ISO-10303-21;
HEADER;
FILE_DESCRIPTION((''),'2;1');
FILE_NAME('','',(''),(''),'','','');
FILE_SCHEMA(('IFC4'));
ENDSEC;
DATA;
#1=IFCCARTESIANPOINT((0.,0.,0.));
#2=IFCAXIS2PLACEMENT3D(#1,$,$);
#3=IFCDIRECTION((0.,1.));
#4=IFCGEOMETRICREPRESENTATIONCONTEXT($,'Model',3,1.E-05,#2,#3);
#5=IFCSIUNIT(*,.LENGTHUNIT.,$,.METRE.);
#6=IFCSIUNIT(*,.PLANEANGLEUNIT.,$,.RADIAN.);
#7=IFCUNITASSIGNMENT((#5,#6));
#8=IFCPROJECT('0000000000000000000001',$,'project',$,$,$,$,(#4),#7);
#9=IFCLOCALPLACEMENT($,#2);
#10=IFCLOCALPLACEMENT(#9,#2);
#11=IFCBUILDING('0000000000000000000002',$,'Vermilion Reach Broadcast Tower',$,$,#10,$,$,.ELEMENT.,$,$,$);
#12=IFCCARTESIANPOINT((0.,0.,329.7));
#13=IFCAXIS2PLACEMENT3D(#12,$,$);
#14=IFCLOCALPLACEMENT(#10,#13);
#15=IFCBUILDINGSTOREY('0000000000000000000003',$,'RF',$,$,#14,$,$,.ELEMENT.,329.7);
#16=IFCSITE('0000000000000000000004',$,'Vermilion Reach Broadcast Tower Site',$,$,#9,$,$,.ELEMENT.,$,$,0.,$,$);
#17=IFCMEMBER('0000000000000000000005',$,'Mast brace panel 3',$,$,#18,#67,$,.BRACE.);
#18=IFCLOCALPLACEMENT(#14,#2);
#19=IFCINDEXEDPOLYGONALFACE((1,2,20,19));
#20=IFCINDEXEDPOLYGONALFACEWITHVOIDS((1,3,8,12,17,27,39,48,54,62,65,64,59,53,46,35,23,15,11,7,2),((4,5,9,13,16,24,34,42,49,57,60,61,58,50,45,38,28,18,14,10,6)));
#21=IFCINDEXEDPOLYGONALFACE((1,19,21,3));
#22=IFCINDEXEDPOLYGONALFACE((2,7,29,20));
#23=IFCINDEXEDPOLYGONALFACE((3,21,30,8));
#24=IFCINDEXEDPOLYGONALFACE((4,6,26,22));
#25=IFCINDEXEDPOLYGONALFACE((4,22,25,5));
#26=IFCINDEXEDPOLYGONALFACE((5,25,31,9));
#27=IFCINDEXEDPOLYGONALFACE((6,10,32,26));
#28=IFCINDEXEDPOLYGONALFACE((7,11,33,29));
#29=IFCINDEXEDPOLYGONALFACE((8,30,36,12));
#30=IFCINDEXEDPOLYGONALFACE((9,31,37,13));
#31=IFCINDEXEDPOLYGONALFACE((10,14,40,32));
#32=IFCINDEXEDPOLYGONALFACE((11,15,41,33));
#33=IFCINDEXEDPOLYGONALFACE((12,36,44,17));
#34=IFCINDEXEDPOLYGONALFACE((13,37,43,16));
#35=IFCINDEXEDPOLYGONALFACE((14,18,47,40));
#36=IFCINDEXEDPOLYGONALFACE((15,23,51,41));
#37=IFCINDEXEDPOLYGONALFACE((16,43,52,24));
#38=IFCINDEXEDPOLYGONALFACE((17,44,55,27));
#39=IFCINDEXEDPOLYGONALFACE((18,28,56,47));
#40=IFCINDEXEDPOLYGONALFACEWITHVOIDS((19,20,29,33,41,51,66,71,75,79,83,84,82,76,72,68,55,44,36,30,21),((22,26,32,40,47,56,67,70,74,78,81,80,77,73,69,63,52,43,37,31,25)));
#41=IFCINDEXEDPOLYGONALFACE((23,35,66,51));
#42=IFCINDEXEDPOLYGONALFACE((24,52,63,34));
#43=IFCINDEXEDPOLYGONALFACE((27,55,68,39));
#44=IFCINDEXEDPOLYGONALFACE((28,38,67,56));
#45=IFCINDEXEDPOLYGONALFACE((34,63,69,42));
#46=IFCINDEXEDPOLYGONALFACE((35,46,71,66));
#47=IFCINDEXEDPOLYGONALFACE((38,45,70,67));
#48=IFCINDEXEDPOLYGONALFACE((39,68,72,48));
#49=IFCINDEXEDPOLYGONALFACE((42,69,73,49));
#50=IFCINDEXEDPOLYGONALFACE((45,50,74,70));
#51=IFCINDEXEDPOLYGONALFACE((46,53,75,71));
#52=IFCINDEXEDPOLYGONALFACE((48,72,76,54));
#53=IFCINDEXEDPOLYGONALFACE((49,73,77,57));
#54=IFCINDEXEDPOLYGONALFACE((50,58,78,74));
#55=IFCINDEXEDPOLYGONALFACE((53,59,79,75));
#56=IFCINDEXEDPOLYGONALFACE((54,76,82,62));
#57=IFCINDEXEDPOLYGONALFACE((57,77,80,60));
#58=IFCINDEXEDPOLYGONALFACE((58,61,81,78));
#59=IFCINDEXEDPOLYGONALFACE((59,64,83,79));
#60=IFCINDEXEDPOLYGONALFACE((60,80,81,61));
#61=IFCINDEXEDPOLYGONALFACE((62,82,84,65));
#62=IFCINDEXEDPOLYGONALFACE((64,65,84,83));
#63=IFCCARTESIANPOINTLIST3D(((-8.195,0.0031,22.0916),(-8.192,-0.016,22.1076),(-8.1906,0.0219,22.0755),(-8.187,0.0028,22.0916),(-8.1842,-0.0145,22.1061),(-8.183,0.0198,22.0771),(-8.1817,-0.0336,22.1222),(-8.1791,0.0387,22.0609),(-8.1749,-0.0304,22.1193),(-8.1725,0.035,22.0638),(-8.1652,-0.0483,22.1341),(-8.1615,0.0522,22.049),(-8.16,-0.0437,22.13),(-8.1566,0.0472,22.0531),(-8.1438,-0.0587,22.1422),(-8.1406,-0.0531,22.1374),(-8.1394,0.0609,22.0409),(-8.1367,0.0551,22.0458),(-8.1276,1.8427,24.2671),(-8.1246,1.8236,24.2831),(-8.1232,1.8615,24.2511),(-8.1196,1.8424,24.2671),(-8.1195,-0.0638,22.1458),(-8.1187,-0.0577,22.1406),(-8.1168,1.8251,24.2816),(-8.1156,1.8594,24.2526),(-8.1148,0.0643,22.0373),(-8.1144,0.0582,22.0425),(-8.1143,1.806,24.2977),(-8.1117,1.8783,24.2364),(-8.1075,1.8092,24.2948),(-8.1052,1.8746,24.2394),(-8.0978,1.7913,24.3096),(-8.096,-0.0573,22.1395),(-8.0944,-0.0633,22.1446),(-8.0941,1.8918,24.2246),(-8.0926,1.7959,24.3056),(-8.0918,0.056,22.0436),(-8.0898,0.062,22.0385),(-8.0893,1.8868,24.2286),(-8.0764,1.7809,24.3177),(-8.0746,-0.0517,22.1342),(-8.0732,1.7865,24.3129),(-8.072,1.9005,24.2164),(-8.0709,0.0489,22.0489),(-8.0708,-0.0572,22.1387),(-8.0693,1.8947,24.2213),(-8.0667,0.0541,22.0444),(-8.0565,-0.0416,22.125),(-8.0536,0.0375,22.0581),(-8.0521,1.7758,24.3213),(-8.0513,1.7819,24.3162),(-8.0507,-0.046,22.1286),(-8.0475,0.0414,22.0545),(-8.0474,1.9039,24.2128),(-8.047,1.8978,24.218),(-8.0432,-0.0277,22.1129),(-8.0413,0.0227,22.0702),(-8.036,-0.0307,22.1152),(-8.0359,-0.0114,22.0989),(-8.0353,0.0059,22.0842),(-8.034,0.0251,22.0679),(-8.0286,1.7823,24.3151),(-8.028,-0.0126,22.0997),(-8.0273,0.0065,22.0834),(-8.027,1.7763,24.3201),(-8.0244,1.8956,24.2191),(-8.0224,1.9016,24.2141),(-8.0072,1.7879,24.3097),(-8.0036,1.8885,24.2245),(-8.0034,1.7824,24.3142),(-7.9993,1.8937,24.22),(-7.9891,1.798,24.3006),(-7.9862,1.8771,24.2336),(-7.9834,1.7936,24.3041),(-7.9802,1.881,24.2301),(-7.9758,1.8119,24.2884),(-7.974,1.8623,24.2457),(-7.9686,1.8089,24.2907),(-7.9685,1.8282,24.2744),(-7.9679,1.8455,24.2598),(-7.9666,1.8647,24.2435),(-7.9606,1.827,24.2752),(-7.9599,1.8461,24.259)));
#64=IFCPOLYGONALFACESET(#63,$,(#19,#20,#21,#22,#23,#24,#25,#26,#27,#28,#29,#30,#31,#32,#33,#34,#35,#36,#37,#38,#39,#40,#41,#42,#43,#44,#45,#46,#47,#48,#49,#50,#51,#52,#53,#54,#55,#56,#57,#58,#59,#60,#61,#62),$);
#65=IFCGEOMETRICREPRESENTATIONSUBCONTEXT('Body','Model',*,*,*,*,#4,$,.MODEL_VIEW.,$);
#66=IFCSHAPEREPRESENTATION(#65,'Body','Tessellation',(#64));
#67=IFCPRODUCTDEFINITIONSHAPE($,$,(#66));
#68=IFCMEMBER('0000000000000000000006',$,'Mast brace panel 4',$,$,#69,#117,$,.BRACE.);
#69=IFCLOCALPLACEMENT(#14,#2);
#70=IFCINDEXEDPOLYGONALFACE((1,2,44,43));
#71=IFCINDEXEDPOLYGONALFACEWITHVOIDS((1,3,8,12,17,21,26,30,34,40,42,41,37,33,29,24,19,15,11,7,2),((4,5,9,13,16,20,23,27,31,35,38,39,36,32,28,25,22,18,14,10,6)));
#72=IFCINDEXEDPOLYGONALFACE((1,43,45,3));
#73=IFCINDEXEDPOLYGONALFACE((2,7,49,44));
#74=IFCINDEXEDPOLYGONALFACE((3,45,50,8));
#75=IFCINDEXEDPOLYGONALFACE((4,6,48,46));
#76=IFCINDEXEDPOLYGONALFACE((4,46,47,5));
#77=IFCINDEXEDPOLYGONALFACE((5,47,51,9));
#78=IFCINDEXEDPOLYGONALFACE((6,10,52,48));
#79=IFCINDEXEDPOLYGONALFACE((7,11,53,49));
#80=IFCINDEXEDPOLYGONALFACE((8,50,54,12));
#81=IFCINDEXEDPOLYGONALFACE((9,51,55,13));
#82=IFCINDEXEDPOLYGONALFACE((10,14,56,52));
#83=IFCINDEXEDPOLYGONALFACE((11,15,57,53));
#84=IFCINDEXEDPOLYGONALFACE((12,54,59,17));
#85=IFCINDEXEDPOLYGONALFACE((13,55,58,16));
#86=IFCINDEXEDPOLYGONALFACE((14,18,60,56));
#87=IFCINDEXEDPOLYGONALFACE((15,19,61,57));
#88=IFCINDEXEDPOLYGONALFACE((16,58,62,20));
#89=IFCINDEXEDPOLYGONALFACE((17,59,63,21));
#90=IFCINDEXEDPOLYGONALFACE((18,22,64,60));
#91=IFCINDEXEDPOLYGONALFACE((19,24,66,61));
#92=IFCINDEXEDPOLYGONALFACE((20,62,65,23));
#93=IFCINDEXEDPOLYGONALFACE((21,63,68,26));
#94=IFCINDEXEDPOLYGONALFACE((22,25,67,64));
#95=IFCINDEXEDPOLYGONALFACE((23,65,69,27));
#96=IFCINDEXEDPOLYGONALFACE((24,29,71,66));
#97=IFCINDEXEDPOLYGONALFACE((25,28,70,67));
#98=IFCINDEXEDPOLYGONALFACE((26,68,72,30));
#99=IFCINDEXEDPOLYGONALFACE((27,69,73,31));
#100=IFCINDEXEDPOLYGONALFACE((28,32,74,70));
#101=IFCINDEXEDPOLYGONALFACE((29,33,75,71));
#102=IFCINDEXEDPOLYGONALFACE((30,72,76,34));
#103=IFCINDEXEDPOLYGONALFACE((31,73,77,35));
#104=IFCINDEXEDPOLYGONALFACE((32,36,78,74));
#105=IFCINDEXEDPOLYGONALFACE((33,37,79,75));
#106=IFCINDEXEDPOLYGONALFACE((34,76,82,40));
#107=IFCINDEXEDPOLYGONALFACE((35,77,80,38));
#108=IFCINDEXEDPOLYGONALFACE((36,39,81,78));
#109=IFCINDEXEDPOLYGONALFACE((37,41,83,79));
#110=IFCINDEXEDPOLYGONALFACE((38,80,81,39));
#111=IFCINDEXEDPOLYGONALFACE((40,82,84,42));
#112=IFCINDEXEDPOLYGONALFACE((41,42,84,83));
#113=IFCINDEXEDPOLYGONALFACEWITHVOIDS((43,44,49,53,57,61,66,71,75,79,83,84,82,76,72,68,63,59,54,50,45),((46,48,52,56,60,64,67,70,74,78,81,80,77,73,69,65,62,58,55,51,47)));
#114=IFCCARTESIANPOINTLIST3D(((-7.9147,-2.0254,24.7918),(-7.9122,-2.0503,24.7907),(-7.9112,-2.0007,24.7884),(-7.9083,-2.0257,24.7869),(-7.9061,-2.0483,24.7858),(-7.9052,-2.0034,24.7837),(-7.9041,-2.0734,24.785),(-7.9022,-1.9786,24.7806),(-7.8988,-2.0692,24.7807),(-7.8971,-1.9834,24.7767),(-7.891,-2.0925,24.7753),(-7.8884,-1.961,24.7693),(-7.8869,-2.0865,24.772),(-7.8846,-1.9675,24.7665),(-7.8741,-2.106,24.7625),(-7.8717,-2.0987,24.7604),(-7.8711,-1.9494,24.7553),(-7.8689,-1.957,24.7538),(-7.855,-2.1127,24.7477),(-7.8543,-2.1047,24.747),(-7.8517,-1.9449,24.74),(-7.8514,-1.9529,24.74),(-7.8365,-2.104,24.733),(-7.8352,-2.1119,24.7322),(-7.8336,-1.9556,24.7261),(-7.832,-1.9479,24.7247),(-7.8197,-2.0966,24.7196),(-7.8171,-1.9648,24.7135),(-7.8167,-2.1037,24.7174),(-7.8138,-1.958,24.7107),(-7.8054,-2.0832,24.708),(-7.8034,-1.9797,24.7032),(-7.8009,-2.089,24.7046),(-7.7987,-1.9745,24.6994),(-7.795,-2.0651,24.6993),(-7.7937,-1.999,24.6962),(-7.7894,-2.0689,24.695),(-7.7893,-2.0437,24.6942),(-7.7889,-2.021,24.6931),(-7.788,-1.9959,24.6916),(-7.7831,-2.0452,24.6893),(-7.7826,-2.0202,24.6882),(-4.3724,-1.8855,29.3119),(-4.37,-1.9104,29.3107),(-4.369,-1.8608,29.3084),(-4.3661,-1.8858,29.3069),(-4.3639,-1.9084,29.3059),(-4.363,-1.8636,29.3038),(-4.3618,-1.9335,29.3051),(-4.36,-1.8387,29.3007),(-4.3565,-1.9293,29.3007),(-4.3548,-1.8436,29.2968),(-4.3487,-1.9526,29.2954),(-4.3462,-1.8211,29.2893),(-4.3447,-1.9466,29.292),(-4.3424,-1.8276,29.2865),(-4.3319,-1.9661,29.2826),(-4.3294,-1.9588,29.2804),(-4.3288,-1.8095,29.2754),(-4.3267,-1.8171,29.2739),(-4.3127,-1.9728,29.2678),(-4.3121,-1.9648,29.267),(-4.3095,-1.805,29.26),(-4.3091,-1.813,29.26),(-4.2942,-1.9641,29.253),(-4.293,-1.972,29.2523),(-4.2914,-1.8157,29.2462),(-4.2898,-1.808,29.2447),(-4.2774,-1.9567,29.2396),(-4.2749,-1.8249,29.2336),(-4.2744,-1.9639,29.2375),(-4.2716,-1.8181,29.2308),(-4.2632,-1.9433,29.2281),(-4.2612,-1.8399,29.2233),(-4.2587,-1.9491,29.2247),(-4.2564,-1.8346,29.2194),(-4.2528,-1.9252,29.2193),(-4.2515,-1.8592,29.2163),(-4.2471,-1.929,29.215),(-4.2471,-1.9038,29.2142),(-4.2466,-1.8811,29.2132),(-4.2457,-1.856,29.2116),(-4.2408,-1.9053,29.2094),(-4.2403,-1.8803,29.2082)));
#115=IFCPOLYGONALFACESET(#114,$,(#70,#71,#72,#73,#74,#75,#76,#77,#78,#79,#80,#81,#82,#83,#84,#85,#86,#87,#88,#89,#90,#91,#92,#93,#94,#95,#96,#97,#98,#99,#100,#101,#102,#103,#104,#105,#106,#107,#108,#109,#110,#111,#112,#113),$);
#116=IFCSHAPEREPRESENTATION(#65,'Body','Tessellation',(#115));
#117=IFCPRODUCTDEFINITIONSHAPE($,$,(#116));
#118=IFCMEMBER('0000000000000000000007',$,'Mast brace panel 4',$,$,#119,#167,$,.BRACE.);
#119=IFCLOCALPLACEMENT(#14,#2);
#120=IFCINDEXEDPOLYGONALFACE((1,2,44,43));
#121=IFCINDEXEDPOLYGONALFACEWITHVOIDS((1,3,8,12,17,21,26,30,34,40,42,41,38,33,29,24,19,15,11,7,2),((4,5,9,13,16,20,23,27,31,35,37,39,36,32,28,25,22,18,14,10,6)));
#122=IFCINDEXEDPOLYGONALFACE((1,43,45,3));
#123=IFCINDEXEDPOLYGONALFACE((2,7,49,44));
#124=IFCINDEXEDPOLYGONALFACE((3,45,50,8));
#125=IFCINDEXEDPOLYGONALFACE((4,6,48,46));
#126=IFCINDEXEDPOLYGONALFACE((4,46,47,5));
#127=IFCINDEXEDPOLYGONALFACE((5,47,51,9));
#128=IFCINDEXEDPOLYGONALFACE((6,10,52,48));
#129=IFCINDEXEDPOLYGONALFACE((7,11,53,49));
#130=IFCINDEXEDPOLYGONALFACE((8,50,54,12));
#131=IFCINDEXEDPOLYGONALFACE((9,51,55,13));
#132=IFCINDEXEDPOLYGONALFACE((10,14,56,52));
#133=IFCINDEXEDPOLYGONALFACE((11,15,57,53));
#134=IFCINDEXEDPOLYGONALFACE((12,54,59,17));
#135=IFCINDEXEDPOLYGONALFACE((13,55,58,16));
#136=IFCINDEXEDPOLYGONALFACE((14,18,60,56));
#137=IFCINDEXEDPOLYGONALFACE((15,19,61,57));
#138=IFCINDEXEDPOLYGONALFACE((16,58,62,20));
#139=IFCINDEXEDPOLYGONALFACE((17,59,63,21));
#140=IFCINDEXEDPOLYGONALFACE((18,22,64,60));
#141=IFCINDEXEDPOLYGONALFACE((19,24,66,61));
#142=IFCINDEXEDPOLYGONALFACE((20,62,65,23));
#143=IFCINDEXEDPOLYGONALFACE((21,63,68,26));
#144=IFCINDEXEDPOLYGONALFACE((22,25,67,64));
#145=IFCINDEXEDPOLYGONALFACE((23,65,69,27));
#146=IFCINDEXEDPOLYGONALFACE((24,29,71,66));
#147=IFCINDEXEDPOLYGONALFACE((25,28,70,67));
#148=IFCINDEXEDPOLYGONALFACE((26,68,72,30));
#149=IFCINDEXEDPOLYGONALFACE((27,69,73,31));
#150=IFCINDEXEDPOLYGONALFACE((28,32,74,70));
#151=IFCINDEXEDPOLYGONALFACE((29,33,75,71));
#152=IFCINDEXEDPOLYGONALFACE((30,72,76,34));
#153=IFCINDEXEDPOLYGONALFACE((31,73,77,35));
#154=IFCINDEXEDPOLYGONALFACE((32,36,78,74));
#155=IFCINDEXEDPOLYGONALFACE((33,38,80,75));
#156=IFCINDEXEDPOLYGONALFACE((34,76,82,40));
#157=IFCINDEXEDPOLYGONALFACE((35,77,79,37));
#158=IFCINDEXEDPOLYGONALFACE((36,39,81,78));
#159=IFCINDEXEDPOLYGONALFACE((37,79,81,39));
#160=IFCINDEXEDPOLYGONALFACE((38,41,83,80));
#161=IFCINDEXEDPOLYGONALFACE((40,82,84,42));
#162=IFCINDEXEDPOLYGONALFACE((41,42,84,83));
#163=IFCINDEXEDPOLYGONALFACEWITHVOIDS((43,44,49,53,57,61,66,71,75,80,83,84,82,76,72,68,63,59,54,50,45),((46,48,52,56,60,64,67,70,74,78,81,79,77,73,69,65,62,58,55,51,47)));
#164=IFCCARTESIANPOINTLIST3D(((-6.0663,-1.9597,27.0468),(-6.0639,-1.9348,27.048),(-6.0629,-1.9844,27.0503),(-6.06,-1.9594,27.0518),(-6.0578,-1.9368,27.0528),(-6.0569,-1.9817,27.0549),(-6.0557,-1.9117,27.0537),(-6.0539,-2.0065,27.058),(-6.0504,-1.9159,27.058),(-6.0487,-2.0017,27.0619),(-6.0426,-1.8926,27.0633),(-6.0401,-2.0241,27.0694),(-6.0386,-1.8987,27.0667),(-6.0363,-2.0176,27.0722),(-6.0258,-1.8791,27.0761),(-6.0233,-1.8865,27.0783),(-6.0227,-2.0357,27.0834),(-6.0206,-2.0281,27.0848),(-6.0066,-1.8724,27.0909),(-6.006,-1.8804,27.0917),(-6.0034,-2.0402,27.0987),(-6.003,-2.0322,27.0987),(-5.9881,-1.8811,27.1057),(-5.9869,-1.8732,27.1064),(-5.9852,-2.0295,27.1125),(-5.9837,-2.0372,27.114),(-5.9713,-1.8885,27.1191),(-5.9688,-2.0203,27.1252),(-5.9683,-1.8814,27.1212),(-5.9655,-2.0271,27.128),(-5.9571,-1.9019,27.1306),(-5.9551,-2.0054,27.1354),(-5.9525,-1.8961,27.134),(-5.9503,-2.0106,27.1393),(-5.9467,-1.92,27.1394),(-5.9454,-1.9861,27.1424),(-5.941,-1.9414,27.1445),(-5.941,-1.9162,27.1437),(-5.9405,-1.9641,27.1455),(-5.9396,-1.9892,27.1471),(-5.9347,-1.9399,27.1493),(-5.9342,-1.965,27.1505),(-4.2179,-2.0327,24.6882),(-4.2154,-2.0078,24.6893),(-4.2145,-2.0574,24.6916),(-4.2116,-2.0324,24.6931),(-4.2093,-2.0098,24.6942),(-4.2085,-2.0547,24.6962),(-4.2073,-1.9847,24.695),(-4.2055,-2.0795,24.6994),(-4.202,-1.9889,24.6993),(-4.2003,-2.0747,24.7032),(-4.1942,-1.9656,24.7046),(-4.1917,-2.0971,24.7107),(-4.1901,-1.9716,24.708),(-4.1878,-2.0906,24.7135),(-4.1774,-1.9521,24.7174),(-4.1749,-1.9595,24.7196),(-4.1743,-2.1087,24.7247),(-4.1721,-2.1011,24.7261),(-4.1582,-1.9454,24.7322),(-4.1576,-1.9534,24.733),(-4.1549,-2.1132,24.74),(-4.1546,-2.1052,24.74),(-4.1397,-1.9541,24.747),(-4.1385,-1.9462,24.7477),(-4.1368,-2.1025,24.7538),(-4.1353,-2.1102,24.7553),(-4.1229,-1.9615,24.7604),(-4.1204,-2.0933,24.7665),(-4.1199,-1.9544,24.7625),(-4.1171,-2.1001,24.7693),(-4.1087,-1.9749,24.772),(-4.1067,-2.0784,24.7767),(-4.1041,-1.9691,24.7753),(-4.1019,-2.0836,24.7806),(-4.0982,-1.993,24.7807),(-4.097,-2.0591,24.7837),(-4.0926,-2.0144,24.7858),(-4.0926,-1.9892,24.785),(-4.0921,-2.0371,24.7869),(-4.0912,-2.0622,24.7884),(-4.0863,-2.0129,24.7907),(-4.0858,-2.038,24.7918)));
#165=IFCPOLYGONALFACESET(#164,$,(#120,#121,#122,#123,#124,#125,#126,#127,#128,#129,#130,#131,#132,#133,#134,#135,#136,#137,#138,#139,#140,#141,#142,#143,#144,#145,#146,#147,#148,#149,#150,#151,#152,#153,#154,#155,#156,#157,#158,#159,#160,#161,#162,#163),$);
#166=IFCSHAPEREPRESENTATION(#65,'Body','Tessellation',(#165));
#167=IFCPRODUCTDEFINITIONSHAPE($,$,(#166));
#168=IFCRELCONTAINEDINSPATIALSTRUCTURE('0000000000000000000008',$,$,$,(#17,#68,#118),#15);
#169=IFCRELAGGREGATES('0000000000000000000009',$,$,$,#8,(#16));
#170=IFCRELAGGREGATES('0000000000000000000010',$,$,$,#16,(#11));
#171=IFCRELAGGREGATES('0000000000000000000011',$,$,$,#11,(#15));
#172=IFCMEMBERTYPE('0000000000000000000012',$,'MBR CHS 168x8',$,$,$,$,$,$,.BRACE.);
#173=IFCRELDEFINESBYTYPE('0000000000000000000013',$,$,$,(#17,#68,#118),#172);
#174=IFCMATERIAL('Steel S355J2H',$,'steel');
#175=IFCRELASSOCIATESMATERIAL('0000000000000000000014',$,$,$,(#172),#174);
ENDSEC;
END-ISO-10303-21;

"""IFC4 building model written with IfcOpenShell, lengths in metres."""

from ifc_helpers import new_model, si_unit, direction, frame, origin, origin_2d, place, context, subcontext, project, spatial, hollow_circle, extrude, material, material_profile, profile_set, type_object, element, save


model = new_model("IFC4")

# Units and contexts
model_context = context("Model", 3, precision=1e-05, world=origin(), true_north=direction((0.0, 1.0)))
body_context = subcontext(model_context, "Body", "Model", "MODEL_VIEW")
ifc_project = project(units=[si_unit("LENGTHUNIT", "METRE"), si_unit("PLANEANGLEUNIT", "RADIAN")], contexts=[model_context])

# Site, building, storey
site_placement = place(None, origin())
site = spatial("IfcSite", under=ifc_project, at=site_placement, Name="Vermilion Reach Broadcast Tower Site", CompositionType="ELEMENT", RefElevation=0.0)
building_placement = place(site_placement, origin())
building = spatial("IfcBuilding", under=site, at=building_placement, Name="Vermilion Reach Broadcast Tower", CompositionType="ELEMENT")
storey_placement = place(building_placement, frame((0.0, 0.0, 329.7)))
storey = spatial("IfcBuildingStorey", under=building, at=storey_placement, Name="RF", CompositionType="ELEMENT", Elevation=329.7)

# Members
ifc_material_1 = material(Name="Steel S355J2H", Category="steel")
ifc_material_profile_1 = material_profile(ifc_material_1, hollow_circle(Radius=0.0842, WallThickness=0.0081, at=origin_2d()), Name="S355J2H CHS 168x8")
ifc_profile_set_1 = profile_set([ifc_material_profile_1], Name="Steel S355J2H")
member_type_1 = type_object("IfcMemberType", Name="MBR CHS 168x8", PredefinedType="BRACE", material=ifc_profile_set_1)
member_1_placement = place(storey_placement, frame((-8.1108, 0.0, 22.0916), z_axis=(0.023644, 0.645508, 0.763387), x_axis=(-0.99933, 0.036605, 0.0)))
element("IfcMember", 1, at=member_1_placement, inside=storey, type_object=member_type_1, Name="Mast brace panel 3", PredefinedType="BRACE", context=body_context, shape_type="SweptSolid", body=[
    extrude(hollow_circle(Radius=0.0842, WallThickness=0.0081, at=origin_2d()), origin(), (0.0, 0.0, 1.0), 2.8499),
])
member_2_placement = place(storey_placement, frame((-7.8484, -2.0291, 24.74), z_axis=(0.616647, 0.024353, 0.786863), x_axis=(-0.039462, 0.999221, 0.0)))
element("IfcMember", 2, at=member_2_placement, inside=storey, type_object=member_type_1, Name="Mast brace panel 4", PredefinedType="BRACE", context=body_context, shape_type="SweptSolid", body=[
    extrude(hollow_circle(Radius=0.0842, WallThickness=0.0081, at=origin_2d()), origin(), (0.0, 0.0, 1.0), 5.7444),
])
member_3_placement = place(storey_placement, frame((-4.1516, -2.0291, 24.74), z_axis=(-0.616641, 0.024353, 0.786867), x_axis=(-0.039462, -0.999221, 0.0)))
element("IfcMember", 3, at=member_3_placement, inside=storey, type_object=member_type_1, Name="Mast brace panel 4", PredefinedType="BRACE", context=body_context, shape_type="SweptSolid", body=[
    extrude(hollow_circle(Radius=0.0842, WallThickness=0.0081, at=origin_2d()), origin(), (0.0, 0.0, 1.0), 2.9976),
])

save(model, "model.ifc")
